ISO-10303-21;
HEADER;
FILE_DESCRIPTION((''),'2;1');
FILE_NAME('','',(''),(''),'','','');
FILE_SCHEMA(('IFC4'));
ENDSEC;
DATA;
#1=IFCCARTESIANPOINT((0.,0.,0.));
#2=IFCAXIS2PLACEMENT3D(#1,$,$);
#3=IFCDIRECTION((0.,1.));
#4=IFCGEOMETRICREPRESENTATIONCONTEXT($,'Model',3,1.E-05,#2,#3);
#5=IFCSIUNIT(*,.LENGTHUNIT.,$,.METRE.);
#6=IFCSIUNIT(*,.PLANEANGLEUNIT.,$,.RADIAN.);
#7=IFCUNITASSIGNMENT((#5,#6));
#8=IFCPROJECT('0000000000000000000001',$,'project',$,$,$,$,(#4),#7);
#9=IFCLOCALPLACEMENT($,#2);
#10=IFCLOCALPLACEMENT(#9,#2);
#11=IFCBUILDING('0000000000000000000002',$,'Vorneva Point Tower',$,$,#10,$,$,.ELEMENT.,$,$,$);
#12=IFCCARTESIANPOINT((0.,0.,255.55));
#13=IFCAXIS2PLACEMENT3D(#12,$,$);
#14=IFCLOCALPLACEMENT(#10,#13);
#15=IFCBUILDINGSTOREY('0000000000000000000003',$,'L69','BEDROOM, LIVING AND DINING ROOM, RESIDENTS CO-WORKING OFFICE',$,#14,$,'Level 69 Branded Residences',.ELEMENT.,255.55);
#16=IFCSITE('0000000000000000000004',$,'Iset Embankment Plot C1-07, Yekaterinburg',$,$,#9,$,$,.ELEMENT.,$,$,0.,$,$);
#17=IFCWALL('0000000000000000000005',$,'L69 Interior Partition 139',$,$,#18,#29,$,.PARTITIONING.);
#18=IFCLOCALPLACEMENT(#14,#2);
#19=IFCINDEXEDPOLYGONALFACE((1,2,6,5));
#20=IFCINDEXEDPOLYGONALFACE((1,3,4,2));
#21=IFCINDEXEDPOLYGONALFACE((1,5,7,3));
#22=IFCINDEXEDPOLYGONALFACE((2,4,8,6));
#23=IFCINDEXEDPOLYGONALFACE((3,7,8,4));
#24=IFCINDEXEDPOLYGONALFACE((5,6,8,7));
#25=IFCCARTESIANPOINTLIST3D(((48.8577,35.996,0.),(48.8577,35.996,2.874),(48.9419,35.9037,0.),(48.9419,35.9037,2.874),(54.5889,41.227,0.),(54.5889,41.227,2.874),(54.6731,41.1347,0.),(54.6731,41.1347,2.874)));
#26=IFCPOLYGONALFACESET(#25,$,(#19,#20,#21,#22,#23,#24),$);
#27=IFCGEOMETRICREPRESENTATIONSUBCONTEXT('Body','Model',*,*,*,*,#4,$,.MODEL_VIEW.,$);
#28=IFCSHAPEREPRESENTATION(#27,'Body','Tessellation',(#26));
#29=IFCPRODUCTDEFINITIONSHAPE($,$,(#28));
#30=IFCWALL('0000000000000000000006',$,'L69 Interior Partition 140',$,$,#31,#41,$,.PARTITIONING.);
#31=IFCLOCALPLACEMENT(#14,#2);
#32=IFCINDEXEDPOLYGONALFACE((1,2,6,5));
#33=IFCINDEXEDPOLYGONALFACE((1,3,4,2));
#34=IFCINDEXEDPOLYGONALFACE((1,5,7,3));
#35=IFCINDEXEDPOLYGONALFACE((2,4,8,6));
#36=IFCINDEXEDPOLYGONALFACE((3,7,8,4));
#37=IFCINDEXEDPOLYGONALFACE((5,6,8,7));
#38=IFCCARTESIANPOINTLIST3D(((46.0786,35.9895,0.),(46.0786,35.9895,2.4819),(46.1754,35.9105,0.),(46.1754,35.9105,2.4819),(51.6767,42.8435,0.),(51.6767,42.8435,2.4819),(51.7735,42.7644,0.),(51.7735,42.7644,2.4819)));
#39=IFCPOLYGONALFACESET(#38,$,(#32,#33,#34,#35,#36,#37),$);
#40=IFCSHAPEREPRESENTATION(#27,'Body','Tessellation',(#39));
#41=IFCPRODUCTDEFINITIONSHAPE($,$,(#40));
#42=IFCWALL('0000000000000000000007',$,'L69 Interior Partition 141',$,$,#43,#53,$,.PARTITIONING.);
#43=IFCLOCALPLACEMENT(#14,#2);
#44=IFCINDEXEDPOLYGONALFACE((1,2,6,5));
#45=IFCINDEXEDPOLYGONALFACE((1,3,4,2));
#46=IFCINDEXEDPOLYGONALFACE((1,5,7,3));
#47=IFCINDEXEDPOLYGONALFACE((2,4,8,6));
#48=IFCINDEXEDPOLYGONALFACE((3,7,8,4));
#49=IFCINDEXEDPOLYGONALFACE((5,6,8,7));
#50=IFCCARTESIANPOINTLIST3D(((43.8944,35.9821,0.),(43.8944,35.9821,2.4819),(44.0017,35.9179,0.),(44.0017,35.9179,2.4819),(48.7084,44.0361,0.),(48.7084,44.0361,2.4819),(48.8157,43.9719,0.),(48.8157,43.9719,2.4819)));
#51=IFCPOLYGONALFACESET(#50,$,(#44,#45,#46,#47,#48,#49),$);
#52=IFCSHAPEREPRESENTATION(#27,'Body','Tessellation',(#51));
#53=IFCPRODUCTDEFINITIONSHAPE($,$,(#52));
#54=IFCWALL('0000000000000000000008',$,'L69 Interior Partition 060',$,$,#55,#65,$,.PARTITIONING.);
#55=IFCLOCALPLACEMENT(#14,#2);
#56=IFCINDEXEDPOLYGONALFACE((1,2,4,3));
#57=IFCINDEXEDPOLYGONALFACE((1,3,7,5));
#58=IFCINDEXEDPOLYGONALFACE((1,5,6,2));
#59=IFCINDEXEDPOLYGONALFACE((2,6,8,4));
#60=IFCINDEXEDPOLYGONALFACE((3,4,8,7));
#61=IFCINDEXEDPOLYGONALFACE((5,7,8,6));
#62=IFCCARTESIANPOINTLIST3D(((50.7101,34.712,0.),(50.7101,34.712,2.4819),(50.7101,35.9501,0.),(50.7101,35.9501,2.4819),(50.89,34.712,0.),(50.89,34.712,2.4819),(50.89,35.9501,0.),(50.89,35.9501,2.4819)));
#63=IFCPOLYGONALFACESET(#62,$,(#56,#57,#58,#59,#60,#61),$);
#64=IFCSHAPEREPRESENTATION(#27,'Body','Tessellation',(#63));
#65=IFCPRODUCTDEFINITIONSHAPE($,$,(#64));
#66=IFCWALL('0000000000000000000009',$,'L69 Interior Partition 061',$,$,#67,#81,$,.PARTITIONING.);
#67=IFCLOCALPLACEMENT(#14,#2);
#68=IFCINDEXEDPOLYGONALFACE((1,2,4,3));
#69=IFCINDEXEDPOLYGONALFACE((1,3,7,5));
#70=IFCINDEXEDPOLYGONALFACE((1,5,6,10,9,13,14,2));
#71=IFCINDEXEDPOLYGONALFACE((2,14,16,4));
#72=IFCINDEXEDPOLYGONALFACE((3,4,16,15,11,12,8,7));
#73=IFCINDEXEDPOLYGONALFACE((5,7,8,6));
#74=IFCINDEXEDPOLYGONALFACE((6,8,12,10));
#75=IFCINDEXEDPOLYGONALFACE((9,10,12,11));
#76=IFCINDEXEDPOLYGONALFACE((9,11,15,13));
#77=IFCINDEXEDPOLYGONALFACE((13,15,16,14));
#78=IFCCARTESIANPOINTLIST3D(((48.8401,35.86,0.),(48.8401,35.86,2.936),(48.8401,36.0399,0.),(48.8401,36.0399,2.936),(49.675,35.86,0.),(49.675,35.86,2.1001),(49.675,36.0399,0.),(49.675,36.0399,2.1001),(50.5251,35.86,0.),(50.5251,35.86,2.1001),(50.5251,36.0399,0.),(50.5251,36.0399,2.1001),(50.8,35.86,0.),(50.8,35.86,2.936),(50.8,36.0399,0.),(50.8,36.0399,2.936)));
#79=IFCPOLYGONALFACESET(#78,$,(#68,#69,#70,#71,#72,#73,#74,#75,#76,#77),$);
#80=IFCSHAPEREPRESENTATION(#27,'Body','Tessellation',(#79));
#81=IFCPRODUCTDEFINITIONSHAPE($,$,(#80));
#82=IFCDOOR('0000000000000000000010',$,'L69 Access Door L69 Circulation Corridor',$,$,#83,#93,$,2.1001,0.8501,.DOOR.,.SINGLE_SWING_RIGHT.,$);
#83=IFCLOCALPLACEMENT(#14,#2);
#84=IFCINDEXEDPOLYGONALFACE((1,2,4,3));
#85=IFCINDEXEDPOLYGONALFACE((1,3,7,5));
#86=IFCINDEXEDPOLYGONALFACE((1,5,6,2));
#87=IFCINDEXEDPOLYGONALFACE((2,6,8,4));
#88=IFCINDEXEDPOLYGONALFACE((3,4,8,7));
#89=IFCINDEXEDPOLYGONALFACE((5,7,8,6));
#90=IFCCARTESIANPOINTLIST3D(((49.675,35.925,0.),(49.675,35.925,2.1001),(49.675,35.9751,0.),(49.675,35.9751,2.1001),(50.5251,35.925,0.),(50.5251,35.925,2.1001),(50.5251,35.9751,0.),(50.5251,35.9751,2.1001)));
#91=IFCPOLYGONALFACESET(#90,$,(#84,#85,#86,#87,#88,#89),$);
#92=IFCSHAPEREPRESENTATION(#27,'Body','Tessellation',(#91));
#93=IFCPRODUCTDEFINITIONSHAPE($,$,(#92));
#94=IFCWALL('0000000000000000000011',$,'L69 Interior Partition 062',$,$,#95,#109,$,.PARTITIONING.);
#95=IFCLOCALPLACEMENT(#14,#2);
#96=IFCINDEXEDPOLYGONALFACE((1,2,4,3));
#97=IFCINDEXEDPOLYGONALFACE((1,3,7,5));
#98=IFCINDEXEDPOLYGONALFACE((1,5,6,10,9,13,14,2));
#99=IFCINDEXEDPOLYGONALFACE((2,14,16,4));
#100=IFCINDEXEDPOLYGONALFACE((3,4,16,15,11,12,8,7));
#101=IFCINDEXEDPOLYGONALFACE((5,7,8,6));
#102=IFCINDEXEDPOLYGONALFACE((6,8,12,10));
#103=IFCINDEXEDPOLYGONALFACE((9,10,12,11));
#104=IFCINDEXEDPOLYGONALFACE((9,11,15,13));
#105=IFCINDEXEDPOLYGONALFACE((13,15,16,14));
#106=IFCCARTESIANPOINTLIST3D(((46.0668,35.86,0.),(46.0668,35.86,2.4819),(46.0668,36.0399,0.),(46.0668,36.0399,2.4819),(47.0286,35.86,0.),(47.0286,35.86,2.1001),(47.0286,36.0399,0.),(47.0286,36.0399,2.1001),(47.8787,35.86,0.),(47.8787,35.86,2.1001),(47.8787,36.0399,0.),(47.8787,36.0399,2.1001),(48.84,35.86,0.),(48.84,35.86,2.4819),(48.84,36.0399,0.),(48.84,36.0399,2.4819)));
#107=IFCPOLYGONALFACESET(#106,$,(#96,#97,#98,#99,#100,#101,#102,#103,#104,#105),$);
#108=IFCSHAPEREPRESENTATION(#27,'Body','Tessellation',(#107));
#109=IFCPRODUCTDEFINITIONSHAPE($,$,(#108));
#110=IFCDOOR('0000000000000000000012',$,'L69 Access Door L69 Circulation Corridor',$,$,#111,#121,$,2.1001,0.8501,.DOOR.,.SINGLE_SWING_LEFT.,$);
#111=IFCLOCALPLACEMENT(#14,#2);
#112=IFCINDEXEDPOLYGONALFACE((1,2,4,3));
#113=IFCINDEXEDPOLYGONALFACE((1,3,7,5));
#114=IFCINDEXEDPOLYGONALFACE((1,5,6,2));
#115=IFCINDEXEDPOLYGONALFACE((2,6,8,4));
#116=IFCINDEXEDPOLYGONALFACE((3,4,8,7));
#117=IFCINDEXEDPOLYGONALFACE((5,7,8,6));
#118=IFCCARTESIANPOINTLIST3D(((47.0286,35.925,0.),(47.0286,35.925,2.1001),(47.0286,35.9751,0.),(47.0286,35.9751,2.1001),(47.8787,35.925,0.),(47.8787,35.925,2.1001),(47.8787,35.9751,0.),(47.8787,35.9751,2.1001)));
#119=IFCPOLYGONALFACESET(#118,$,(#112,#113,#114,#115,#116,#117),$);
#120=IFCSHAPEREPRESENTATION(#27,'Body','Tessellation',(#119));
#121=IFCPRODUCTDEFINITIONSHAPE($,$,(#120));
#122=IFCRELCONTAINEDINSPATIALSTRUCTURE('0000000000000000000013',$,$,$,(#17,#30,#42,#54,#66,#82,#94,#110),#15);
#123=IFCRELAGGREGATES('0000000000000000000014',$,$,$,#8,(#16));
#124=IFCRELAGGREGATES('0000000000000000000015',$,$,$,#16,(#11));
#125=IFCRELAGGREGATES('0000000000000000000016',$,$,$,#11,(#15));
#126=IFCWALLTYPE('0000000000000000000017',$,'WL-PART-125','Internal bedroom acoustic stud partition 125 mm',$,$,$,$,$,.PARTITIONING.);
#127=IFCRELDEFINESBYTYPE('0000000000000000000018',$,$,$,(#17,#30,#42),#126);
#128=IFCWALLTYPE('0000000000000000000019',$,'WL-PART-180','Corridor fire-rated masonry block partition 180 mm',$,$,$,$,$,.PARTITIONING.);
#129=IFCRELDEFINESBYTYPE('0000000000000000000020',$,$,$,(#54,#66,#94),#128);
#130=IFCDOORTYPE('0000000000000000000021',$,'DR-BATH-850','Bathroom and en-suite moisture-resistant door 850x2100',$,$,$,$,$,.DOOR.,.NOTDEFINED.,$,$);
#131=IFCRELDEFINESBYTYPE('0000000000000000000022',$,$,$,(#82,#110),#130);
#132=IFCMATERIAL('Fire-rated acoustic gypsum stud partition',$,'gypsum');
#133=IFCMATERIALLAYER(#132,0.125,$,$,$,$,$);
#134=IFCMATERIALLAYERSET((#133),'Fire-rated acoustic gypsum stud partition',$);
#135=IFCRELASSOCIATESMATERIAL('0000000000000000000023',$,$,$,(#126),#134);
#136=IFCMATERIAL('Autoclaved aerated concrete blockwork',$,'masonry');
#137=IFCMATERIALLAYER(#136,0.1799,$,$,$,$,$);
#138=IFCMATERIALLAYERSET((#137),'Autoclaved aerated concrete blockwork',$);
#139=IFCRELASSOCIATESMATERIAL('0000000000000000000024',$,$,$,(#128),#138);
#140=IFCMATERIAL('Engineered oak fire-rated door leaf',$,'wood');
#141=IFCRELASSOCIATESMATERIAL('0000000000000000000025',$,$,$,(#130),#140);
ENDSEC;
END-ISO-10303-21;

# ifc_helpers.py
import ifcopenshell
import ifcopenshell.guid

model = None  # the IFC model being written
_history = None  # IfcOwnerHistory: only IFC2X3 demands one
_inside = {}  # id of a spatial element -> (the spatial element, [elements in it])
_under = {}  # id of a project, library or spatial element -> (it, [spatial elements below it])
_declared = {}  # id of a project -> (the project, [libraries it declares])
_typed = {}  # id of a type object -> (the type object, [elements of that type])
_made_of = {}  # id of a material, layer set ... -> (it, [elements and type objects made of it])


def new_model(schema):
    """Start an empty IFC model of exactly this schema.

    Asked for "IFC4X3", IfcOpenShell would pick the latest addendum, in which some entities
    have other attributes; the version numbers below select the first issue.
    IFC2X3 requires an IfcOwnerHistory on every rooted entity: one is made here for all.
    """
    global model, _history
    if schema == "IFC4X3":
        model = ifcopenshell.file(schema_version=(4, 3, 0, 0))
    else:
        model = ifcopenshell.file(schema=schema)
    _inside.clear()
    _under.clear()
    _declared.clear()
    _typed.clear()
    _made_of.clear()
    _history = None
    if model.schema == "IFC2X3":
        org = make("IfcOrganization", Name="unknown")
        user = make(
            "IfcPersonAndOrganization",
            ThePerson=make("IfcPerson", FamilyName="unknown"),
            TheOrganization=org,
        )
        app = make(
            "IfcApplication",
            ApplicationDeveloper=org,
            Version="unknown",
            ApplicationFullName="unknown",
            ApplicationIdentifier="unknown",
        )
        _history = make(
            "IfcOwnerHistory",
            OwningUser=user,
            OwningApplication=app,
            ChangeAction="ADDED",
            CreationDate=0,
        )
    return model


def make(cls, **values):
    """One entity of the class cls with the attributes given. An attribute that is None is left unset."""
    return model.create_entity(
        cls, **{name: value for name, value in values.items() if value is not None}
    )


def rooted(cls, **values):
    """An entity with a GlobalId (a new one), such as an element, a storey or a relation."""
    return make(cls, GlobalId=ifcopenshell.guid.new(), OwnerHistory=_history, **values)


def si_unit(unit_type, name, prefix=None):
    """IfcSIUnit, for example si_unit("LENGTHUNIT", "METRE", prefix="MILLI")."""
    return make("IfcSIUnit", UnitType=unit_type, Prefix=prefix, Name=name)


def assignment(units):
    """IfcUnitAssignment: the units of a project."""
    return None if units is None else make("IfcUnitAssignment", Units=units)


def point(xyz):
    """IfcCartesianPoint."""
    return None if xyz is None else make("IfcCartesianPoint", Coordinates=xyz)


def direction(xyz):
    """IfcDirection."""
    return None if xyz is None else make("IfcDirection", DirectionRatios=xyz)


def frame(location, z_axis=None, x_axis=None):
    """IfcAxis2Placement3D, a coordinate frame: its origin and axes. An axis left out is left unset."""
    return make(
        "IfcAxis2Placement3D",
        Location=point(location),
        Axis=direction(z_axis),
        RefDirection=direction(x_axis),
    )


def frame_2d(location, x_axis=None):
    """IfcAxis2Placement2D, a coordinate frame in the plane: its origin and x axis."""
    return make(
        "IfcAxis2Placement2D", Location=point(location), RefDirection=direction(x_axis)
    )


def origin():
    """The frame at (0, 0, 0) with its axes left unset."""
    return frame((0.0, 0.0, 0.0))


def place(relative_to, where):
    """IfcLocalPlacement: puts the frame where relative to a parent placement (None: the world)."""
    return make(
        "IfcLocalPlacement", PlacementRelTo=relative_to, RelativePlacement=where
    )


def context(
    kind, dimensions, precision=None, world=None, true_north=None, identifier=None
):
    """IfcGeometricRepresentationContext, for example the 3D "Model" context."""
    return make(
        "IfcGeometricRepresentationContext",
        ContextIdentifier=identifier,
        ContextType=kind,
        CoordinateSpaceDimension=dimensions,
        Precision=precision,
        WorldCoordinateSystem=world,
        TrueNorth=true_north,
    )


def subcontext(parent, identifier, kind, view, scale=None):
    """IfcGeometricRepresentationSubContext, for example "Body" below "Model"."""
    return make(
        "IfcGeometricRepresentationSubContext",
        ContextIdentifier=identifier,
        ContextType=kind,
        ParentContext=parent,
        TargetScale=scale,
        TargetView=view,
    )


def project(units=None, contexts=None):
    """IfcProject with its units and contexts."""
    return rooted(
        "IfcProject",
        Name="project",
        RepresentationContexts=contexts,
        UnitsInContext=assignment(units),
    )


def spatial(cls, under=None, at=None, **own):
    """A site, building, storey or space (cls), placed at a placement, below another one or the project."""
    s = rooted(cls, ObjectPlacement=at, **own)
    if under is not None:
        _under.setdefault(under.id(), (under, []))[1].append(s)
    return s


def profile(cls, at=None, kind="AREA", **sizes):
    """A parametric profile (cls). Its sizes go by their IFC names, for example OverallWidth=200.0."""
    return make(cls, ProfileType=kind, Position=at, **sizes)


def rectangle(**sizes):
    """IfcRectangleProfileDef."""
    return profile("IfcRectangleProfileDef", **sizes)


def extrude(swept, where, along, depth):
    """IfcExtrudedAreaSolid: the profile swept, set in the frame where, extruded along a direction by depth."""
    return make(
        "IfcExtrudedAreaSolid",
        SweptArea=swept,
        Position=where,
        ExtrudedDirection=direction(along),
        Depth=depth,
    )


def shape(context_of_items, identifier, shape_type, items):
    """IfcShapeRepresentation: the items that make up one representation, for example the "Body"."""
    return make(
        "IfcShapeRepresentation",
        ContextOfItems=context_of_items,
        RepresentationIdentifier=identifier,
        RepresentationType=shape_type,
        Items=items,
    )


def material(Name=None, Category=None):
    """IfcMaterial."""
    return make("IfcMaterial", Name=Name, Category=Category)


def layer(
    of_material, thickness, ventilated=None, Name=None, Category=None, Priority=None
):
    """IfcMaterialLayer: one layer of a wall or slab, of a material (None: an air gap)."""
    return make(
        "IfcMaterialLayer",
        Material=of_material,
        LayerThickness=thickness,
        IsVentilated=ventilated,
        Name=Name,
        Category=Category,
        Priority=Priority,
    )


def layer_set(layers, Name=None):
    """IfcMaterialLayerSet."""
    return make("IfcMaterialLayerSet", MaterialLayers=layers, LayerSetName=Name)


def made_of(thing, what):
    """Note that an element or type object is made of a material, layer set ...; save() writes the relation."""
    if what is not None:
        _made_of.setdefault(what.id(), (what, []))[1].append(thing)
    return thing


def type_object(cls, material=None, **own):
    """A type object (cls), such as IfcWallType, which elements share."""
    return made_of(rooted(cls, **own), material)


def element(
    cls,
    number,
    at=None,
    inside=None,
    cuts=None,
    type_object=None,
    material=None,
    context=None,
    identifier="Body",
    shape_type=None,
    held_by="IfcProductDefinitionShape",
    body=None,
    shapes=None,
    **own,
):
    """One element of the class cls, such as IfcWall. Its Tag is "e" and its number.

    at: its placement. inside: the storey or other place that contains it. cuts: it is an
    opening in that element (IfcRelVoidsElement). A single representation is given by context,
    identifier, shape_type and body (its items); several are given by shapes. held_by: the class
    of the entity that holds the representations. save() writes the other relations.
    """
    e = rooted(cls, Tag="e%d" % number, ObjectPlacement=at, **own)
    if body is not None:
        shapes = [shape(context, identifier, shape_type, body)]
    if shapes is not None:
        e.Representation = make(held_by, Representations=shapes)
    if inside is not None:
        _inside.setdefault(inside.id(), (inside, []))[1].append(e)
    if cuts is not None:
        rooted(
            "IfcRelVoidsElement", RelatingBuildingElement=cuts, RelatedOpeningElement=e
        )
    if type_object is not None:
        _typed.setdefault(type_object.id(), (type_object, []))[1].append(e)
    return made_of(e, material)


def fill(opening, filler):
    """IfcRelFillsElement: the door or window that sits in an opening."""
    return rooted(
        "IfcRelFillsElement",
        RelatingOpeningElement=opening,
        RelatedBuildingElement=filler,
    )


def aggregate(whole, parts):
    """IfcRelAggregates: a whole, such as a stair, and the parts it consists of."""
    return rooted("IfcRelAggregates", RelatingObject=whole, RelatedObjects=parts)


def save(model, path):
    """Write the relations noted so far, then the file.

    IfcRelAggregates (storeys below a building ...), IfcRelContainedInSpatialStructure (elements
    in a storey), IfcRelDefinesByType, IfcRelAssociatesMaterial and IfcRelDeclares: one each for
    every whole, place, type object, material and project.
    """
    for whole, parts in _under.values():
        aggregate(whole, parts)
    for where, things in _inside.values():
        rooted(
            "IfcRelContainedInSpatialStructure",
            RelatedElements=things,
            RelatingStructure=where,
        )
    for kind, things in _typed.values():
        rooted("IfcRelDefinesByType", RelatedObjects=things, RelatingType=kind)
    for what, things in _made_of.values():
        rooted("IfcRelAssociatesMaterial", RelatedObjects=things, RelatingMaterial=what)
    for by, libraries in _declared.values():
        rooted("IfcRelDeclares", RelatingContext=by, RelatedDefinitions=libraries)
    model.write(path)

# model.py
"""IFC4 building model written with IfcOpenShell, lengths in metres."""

from ifc_helpers import new_model, si_unit, direction, frame, frame_2d, origin, place, context, subcontext, project, spatial, rectangle, extrude, material, layer, layer_set, type_object, element, fill, save


model = new_model("IFC4")

# Units and contexts
model_context = context("Model", 3, precision=1e-05, world=origin(), true_north=direction((0.0, 1.0)))
body_context = subcontext(model_context, "Body", "Model", "MODEL_VIEW")
ifc_project = project(units=[si_unit("LENGTHUNIT", "METRE"), si_unit("PLANEANGLEUNIT", "RADIAN")], contexts=[model_context])

# Site, building, storey
site_placement = place(None, origin())
site = spatial("IfcSite", under=ifc_project, at=site_placement, Name="Iset Embankment Plot C1-07, Yekaterinburg", CompositionType="ELEMENT", RefElevation=0.0)
building_placement = place(site_placement, origin())
building = spatial("IfcBuilding", under=site, at=building_placement, Name="Vorneva Point Tower", CompositionType="ELEMENT")
storey_placement = place(building_placement, frame((0.0, 0.0, 255.55)))
storey = spatial("IfcBuildingStorey", under=building, at=storey_placement, Name="L69", Description="BEDROOM, LIVING AND DINING ROOM, RESIDENTS CO-WORKING OFFICE", LongName="Level 69 Branded Residences", CompositionType="ELEMENT", Elevation=255.55)

# Shared definitions
ifc_material_1 = material(Name="Fire-rated acoustic gypsum stud partition", Category="gypsum")
ifc_layer_1 = layer(ifc_material_1, 0.125)
ifc_layer_set_1 = layer_set([ifc_layer_1], Name="Fire-rated acoustic gypsum stud partition")
wall_type_1 = type_object("IfcWallType", Name="WL-PART-125", Description="Internal bedroom acoustic stud partition 125 mm", PredefinedType="PARTITIONING", material=ifc_layer_set_1)

# Shared definitions
ifc_material_2 = material(Name="Engineered oak fire-rated door leaf", Category="wood")

# Walls
wall_1_placement = place(storey_placement, frame((54.6311, 41.1809, 0.0), z_axis=(0.0, 0.0, 1.0), x_axis=(-0.738606, -0.674137, 0.0)))
element("IfcWall", 1, at=wall_1_placement, inside=storey, type_object=wall_type_1, Name="L69 Interior Partition 139", PredefinedType="PARTITIONING", context=body_context, shape_type="SweptSolid", body=[
    extrude(rectangle(XDim=7.7595, YDim=0.125, at=frame_2d((3.8799, 0.0))), origin(), (0.0, 0.0, 1.0), 2.874),
])
wall_2_placement = place(storey_placement, frame((51.7251, 42.804, 0.0), z_axis=(0.0, 0.0, 1.0), x_axis=(-0.632583, -0.774493, 0.0)))
element("IfcWall", 2, at=wall_2_placement, inside=storey, type_object=wall_type_1, Name="L69 Interior Partition 140", PredefinedType="PARTITIONING", context=body_context, shape_type="SweptSolid", body=[
    extrude(rectangle(XDim=8.8496, YDim=0.125, at=frame_2d((4.4248, 0.0))), origin(), (0.0, 0.0, 1.0), 2.4819),
])
wall_3_placement = place(storey_placement, frame((48.762, 44.0039, 0.0), z_axis=(0.0, 0.0, 1.0), x_axis=(-0.513052, -0.858357, 0.0)))
element("IfcWall", 3, at=wall_3_placement, inside=storey, type_object=wall_type_1, Name="L69 Interior Partition 141", PredefinedType="PARTITIONING", context=body_context, shape_type="SweptSolid", body=[
    extrude(rectangle(XDim=9.3831, YDim=0.125, at=frame_2d((4.6914, 0.0))), origin(), (0.0, 0.0, 1.0), 2.4819),
])
ifc_material_3 = material(Name="Autoclaved aerated concrete blockwork", Category="masonry")
ifc_layer_2 = layer(ifc_material_3, 0.1799)
ifc_layer_set_2 = layer_set([ifc_layer_2], Name="Autoclaved aerated concrete blockwork")
wall_type_2 = type_object("IfcWallType", Name="WL-PART-180", Description="Corridor fire-rated masonry block partition 180 mm", PredefinedType="PARTITIONING", material=ifc_layer_set_2)
wall_4_placement = place(storey_placement, frame((50.8, 34.7119, 0.0), z_axis=(0.0, 0.0, 1.0), x_axis=(0.0, 1.0, 0.0)))
element("IfcWall", 4, at=wall_4_placement, inside=storey, type_object=wall_type_2, Name="L69 Interior Partition 060", PredefinedType="PARTITIONING", context=body_context, shape_type="SweptSolid", body=[
    extrude(rectangle(XDim=1.238, YDim=0.1799, at=frame_2d((0.6191, 0.0))), origin(), (0.0, 0.0, 1.0), 2.4819),
])

# Walls, openings, doors
wall_5_placement = place(storey_placement, frame((50.8, 35.95, 0.0), z_axis=(0.0, 0.0, 1.0), x_axis=(-1.0, 0.0, 0.0)))
wall_5 = element("IfcWall", 5, at=wall_5_placement, inside=storey, type_object=wall_type_2, Name="L69 Interior Partition 061", PredefinedType="PARTITIONING", context=body_context, shape_type="SweptSolid", body=[
    extrude(rectangle(XDim=1.96, YDim=0.1799, at=frame_2d((0.98, 0.0))), origin(), (0.0, 0.0, 1.0), 2.936),
])
opening_1_placement = place(wall_5_placement, frame((0.2749, 0.0, 0.0)))
opening_1 = element("IfcOpeningElement", 6, at=opening_1_placement, cuts=wall_5, PredefinedType="OPENING", context=body_context, shape_type="SweptSolid", body=[
    extrude(rectangle(XDim=0.8501, YDim=2.1001, at=frame_2d((0.425, 1.05))), frame((0.0, 0.105, 0.0), z_axis=(0.0, -1.0, 0.0), x_axis=(1.0, 0.0, 0.0)), (0.0, 0.0, 1.0), 0.2097),
])
door_type_1 = type_object("IfcDoorType", Name="DR-BATH-850", Description="Bathroom and en-suite moisture-resistant door 850x2100", OperationType="NOTDEFINED", PredefinedType="DOOR", material=ifc_material_2)
door_1_placement = place(opening_1_placement, origin())
door_1 = element("IfcDoor", 7, at=door_1_placement, inside=storey, type_object=door_type_1, Name="L69 Access Door L69 Circulation Corridor", OperationType="SINGLE_SWING_RIGHT", OverallHeight=2.1001, OverallWidth=0.8501, PredefinedType="DOOR", context=body_context, shape_type="SweptSolid", body=[
    extrude(rectangle(XDim=0.8501, YDim=2.1001, at=frame_2d((0.425, 1.05))), frame((0.0, 0.0249, 0.0), z_axis=(0.0, -1.0, 0.0), x_axis=(1.0, 0.0, 0.0)), (0.0, 0.0, 1.0), 0.05),
])
fill(opening_1, door_1)
wall_6_placement = place(storey_placement, frame((48.8401, 35.95, 0.0), z_axis=(0.0, 0.0, 1.0), x_axis=(-1.0, 0.0, 0.0)))
wall_6 = element("IfcWall", 8, at=wall_6_placement, inside=storey, type_object=wall_type_2, Name="L69 Interior Partition 062", PredefinedType="PARTITIONING", context=body_context, shape_type="SweptSolid", body=[
    extrude(rectangle(XDim=2.7732, YDim=0.1799, at=frame_2d((1.3867, 0.0))), origin(), (0.0, 0.0, 1.0), 2.4819),
])
opening_2_placement = place(wall_6_placement, frame((0.9614, 0.0, 0.0)))
opening_2 = element("IfcOpeningElement", 9, at=opening_2_placement, cuts=wall_6, PredefinedType="OPENING", context=body_context, shape_type="SweptSolid", body=[
    extrude(rectangle(XDim=0.8501, YDim=2.1001, at=frame_2d((0.425, 1.05))), frame((0.0, 0.105, 0.0), z_axis=(0.0, -1.0, 0.0), x_axis=(1.0, 0.0, 0.0)), (0.0, 0.0, 1.0), 0.2097),
])
door_2_placement = place(opening_2_placement, origin())
door_2 = element("IfcDoor", 10, at=door_2_placement, inside=storey, type_object=door_type_1, Name="L69 Access Door L69 Circulation Corridor", OperationType="SINGLE_SWING_LEFT", OverallHeight=2.1001, OverallWidth=0.8501, PredefinedType="DOOR", context=body_context, shape_type="SweptSolid", body=[
    extrude(rectangle(XDim=0.8501, YDim=2.1001, at=frame_2d((0.425, 1.05))), frame((0.0, 0.0249, 0.0), z_axis=(0.0, -1.0, 0.0), x_axis=(1.0, 0.0, 0.0)), (0.0, 0.0, 1.0), 0.05),
])
fill(opening_2, door_2)

save(model, "model.ifc")
